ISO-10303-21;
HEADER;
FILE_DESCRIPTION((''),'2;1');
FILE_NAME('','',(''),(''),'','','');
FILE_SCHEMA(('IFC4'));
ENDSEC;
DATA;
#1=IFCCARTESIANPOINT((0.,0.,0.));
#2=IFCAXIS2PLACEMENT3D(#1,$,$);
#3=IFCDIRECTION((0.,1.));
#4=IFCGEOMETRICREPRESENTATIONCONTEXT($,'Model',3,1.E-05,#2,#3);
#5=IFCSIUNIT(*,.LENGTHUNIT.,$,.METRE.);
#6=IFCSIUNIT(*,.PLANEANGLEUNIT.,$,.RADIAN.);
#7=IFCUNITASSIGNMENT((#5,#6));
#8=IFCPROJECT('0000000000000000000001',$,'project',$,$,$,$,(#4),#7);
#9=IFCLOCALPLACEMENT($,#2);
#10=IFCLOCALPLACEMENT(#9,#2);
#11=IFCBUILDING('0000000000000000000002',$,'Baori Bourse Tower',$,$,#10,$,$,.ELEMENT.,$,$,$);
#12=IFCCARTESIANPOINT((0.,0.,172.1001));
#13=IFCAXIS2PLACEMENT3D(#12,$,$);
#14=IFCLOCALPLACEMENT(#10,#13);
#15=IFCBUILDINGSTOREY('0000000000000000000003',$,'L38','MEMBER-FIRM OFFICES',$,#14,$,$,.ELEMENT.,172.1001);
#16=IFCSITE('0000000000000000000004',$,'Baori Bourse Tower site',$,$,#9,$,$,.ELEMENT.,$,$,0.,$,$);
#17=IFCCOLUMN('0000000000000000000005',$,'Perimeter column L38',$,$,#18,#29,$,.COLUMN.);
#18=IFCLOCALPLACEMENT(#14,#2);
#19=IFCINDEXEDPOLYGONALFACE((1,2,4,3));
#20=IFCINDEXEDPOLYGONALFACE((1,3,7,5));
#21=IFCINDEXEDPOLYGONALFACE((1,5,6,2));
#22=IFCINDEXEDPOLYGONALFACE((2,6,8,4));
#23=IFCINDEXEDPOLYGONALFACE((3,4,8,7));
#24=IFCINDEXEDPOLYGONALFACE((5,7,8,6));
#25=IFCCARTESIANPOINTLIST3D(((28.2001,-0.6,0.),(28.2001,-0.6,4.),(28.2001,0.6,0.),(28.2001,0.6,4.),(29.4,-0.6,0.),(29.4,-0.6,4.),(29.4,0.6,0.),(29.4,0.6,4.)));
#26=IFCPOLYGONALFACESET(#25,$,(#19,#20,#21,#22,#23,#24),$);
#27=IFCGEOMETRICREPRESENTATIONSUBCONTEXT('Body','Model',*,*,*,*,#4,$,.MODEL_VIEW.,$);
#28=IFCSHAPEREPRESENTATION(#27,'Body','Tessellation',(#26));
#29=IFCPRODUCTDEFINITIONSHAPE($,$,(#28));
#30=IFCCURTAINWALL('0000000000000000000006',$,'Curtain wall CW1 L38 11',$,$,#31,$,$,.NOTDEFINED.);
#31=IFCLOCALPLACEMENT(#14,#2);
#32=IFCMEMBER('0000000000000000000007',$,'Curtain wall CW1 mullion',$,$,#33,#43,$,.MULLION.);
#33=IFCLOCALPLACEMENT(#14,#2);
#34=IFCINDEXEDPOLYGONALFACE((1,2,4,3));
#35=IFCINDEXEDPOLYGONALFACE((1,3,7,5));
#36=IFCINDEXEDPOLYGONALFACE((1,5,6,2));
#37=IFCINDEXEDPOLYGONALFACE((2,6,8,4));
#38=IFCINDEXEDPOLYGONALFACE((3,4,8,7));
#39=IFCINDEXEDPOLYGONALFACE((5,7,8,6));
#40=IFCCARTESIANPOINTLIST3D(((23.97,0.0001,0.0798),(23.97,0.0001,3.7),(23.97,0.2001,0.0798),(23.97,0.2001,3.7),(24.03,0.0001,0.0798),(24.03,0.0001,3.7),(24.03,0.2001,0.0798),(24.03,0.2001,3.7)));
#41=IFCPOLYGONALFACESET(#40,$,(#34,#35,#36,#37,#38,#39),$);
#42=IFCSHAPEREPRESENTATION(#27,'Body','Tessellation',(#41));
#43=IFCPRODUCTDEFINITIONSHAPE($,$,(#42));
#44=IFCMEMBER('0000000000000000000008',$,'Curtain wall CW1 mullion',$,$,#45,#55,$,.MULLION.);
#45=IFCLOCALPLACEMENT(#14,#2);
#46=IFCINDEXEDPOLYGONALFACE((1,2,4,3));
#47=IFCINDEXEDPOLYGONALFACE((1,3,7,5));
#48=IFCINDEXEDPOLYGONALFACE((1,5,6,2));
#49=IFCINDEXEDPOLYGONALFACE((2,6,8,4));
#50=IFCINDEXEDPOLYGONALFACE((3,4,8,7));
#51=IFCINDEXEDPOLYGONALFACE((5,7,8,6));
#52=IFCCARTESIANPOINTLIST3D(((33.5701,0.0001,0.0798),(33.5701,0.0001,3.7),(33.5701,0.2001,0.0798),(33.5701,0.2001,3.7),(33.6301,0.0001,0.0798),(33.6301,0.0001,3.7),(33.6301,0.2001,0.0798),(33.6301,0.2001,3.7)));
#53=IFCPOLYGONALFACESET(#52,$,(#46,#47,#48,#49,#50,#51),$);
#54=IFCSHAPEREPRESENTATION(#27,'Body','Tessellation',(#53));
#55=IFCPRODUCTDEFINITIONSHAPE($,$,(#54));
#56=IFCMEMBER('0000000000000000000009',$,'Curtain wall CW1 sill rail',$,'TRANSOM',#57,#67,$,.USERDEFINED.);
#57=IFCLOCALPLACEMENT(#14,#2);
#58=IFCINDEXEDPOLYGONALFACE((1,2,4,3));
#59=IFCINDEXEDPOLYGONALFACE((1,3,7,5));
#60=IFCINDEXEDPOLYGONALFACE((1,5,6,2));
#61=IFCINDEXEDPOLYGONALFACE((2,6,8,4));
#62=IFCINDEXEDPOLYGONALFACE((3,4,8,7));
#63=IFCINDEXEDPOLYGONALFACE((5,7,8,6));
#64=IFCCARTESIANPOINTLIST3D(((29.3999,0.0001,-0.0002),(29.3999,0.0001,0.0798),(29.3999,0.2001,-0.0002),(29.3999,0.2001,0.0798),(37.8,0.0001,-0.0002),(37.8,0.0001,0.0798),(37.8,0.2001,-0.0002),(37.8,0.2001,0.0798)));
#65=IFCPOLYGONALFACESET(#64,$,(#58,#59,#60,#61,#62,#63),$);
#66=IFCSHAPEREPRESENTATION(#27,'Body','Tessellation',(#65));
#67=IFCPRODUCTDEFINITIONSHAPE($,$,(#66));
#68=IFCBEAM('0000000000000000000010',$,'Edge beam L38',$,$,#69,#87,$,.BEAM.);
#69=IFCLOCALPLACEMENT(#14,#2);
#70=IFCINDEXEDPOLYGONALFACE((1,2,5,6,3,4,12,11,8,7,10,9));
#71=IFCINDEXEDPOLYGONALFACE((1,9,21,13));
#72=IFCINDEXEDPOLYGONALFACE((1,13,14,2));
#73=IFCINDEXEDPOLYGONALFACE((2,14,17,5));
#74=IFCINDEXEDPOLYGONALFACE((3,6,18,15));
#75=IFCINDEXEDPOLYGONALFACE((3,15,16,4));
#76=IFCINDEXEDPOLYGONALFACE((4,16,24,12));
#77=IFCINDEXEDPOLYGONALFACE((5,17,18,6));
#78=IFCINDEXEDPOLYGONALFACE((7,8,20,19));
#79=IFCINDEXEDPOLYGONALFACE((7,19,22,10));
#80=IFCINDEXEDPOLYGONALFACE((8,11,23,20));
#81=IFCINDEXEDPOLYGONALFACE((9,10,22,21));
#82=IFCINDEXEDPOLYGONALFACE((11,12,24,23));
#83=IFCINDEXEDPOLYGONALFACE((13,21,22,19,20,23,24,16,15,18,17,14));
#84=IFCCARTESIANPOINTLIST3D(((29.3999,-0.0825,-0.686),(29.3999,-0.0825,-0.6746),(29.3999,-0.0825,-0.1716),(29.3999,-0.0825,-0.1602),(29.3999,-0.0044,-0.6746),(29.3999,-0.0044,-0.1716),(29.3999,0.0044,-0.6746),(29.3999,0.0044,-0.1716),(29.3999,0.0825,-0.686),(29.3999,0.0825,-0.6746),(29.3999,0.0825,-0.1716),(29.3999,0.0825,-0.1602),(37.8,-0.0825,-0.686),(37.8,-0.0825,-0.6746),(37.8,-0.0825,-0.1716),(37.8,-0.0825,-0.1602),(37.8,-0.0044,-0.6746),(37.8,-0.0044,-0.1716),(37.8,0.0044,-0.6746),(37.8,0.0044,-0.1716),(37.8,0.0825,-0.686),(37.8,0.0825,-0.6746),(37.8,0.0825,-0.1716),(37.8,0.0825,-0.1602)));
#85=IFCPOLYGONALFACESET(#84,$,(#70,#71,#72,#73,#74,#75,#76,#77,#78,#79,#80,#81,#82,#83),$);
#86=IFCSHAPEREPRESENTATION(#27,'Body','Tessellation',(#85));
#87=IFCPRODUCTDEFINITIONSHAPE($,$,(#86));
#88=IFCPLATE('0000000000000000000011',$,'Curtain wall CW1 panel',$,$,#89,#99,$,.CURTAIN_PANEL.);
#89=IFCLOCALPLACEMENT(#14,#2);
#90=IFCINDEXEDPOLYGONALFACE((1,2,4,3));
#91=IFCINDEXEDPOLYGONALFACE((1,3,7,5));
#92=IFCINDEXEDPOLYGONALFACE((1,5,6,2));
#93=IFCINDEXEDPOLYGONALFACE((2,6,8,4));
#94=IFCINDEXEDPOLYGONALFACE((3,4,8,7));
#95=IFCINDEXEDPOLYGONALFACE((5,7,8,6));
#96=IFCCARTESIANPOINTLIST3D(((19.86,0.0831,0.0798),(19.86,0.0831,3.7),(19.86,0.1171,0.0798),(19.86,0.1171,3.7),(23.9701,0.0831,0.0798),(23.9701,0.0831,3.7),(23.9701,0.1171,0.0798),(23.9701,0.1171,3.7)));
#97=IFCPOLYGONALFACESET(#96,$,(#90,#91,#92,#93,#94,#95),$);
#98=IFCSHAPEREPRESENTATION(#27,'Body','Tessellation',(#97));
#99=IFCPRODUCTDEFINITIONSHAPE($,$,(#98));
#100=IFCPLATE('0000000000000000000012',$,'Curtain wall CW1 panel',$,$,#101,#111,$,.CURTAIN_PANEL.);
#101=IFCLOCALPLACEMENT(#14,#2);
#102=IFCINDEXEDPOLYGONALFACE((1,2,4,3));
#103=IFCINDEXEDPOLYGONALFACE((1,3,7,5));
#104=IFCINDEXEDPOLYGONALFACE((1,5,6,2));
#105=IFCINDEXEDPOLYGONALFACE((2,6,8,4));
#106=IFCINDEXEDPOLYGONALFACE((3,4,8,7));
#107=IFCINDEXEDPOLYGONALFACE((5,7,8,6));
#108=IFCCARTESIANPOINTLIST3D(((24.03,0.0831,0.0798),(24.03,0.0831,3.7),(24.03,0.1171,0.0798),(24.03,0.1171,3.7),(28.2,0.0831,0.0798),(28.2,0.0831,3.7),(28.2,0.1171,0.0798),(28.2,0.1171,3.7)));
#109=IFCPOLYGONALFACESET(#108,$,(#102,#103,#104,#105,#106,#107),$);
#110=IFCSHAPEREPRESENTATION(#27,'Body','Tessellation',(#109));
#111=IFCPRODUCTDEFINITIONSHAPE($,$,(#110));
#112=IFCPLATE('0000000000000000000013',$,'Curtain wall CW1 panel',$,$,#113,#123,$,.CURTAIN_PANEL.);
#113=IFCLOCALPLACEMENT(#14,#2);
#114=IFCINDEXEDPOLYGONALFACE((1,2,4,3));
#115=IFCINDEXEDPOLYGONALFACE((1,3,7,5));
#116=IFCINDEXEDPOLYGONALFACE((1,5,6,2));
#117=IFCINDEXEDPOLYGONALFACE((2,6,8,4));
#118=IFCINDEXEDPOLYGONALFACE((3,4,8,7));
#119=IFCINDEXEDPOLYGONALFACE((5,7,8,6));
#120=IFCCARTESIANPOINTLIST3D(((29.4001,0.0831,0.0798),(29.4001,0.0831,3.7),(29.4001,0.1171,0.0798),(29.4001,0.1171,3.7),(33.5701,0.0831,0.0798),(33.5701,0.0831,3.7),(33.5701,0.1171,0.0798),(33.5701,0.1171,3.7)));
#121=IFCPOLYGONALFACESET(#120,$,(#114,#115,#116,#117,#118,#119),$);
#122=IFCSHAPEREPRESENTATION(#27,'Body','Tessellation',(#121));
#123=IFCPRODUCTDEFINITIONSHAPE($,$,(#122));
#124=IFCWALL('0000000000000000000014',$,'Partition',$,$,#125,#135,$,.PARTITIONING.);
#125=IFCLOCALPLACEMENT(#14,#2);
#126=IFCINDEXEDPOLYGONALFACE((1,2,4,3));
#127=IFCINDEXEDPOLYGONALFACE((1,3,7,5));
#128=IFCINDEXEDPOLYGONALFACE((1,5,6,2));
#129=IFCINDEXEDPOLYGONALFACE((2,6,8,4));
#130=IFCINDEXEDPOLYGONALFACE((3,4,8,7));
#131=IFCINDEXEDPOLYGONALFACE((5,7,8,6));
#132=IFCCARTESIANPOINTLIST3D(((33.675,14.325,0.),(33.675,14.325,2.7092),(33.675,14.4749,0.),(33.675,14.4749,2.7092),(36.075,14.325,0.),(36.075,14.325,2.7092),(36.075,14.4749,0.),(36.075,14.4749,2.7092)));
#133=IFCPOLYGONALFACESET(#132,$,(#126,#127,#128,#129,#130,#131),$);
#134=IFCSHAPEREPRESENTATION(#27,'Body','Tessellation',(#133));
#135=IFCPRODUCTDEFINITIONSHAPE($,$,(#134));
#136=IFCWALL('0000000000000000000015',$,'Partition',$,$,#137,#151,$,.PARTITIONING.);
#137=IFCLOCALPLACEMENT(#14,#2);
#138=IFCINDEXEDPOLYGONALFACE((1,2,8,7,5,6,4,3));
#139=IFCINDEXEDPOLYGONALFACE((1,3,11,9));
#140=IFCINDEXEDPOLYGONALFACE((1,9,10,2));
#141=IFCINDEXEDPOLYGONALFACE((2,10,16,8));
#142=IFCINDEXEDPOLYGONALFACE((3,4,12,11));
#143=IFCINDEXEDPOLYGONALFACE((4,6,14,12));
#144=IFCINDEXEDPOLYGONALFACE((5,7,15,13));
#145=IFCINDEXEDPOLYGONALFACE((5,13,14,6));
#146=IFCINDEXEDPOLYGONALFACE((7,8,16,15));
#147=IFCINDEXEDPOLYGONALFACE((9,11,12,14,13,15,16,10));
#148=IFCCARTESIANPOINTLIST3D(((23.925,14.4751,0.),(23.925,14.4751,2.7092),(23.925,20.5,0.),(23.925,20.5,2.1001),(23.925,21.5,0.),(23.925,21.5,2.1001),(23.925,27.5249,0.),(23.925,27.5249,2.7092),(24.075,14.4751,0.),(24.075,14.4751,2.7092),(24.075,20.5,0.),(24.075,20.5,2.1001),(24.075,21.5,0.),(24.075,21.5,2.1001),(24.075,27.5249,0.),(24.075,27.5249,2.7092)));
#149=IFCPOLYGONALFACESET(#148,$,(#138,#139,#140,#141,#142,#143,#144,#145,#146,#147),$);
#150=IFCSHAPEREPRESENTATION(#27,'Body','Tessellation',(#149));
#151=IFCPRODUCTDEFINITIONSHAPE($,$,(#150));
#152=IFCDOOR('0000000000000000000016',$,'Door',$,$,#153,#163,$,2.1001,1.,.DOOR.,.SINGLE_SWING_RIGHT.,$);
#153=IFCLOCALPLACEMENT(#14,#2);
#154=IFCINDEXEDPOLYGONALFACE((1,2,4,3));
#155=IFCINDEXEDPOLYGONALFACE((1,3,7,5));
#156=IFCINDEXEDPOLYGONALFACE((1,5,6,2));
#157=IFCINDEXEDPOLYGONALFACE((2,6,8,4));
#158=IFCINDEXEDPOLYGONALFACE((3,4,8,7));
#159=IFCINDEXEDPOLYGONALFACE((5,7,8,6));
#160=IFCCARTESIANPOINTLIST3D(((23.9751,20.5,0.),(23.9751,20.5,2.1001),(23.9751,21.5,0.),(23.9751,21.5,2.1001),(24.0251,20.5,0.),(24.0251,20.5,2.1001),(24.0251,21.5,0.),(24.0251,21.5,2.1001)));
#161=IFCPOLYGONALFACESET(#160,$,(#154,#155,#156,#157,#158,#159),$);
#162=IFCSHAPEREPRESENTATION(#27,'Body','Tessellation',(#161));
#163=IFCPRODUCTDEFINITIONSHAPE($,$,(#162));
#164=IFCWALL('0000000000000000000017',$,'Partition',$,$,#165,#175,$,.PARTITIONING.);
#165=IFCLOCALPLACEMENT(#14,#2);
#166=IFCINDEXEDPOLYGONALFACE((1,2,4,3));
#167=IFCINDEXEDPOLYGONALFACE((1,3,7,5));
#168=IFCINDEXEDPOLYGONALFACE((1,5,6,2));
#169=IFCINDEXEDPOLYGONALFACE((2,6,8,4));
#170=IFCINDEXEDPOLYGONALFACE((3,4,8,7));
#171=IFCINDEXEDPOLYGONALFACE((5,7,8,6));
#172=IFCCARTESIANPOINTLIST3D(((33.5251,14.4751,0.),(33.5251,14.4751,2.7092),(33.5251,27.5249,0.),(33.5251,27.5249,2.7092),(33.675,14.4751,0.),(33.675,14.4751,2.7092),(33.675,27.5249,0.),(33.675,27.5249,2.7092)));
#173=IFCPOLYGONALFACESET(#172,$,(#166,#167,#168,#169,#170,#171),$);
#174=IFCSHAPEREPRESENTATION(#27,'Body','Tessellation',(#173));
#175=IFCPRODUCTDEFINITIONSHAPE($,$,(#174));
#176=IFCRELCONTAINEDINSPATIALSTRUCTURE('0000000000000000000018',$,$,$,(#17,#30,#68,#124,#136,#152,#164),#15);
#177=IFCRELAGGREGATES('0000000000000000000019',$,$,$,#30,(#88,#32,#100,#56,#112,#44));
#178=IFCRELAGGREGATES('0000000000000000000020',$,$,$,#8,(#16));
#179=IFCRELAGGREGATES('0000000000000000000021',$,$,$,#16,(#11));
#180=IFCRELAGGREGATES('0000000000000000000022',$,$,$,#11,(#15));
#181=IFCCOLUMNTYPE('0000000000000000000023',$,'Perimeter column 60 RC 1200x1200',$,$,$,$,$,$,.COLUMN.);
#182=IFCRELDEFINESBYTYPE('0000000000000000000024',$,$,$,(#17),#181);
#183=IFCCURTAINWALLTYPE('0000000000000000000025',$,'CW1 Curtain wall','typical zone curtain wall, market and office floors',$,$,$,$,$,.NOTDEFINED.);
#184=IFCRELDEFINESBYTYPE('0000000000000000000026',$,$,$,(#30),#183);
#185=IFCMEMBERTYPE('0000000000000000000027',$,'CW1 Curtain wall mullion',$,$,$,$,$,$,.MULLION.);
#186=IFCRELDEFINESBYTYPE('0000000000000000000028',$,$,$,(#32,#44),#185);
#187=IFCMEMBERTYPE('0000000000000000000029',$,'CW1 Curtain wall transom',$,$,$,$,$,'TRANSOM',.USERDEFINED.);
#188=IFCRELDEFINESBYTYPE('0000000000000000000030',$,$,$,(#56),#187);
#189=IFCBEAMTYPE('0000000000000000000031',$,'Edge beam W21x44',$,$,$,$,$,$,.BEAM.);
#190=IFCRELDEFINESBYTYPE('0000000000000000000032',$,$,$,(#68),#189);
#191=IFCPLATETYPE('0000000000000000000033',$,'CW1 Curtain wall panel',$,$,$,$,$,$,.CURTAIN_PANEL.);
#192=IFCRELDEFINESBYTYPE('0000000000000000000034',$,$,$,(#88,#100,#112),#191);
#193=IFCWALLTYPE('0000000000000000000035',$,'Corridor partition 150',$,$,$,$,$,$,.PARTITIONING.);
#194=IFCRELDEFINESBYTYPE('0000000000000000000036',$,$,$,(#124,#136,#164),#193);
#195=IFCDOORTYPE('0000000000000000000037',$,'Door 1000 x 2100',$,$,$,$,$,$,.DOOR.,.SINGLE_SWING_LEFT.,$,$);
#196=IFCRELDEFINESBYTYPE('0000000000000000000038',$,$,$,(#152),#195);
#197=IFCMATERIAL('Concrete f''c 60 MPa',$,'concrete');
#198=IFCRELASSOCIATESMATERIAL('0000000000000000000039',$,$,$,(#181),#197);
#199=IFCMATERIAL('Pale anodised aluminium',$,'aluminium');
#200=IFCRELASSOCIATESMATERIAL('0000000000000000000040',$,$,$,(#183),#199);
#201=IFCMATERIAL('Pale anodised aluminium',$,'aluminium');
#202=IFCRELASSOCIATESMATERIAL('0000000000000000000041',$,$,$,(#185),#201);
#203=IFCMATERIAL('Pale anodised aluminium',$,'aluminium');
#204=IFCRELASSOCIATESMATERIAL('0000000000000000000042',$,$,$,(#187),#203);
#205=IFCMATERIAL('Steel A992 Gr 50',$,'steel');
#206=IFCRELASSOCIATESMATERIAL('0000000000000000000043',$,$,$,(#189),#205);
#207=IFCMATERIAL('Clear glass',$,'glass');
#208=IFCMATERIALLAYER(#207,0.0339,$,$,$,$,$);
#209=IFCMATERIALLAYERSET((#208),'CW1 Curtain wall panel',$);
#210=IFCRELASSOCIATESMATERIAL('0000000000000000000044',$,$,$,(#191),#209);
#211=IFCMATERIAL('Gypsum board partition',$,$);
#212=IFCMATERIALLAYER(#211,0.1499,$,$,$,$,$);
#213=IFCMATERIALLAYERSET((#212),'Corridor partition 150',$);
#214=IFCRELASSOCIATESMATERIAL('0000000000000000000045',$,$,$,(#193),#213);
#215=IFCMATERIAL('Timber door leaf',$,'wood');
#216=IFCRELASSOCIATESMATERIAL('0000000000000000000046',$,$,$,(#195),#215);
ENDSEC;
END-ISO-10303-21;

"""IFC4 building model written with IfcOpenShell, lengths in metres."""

from ifc_helpers import new_model, si_unit, direction, frame, frame_2d, origin, origin_2d, place, context, subcontext, project, spatial, rectangle, i_section, extrude, material, layer, layer_set, material_profile, profile_set, type_object, element, fill, aggregate, save


model = new_model("IFC4")

# Units and contexts
model_context = context("Model", 3, precision=1e-05, world=origin(), true_north=direction((0.0, 1.0)))
body_context = subcontext(model_context, "Body", "Model", "MODEL_VIEW")
ifc_project = project(units=[si_unit("LENGTHUNIT", "METRE"), si_unit("PLANEANGLEUNIT", "RADIAN")], contexts=[model_context])

# Site, building, storey
site_placement = place(None, origin())
site = spatial("IfcSite", under=ifc_project, at=site_placement, Name="Baori Bourse Tower site", CompositionType="ELEMENT", RefElevation=0.0)
building_placement = place(site_placement, origin())
building = spatial("IfcBuilding", under=site, at=building_placement, Name="Baori Bourse Tower", CompositionType="ELEMENT")
storey_placement = place(building_placement, frame((0.0, 0.0, 172.1001)))
storey = spatial("IfcBuildingStorey", under=building, at=storey_placement, Name="L38", Description="MEMBER-FIRM OFFICES", CompositionType="ELEMENT", Elevation=172.1001)

# Column
ifc_material_1 = material(Name="Concrete f'c 60 MPa", Category="concrete")
ifc_material_profile_1 = material_profile(ifc_material_1, rectangle(XDim=1.2, YDim=1.2, at=origin_2d()), Name="RC 1200x1200")
ifc_profile_set_1 = profile_set([ifc_material_profile_1], Name="Concrete f'c 60 MPa")
column_type = type_object("IfcColumnType", Name="Perimeter column 60 RC 1200x1200", PredefinedType="COLUMN", material=ifc_profile_set_1)
column_placement = place(storey_placement, frame((28.8, 0.0, 0.0), z_axis=(0.0, 0.0, 1.0), x_axis=(1.0, 0.0, 0.0)))
element("IfcColumn", 1, at=column_placement, inside=storey, type_object=column_type, Name="Perimeter column L38", PredefinedType="COLUMN", context=body_context, shape_type="SweptSolid", body=[
    extrude(rectangle(XDim=1.2, YDim=1.2, at=origin_2d()), origin(), (0.0, 0.0, 1.0), 4.0),
])

# Curtain wall, members
ifc_material_2 = material(Name="Pale anodised aluminium", Category="aluminium")
curtain_wall_type = type_object("IfcCurtainWallType", Name="CW1 Curtain wall", Description="typical zone curtain wall, market and office floors", PredefinedType="NOTDEFINED", material=ifc_material_2)
curtain_wall_placement = place(storey_placement, origin())
curtain_wall = element("IfcCurtainWall", 2, at=curtain_wall_placement, inside=storey, type_object=curtain_wall_type, Name="Curtain wall CW1 L38 11", PredefinedType="NOTDEFINED")
ifc_material_3 = material(Name="Pale anodised aluminium", Category="aluminium")
ifc_material_profile_2 = material_profile(ifc_material_3, rectangle(XDim=0.2, YDim=0.0601, at=origin_2d()), Name="Mullion 60x200")
ifc_profile_set_2 = profile_set([ifc_material_profile_2], Name="Pale anodised aluminium")
member_type_1 = type_object("IfcMemberType", Name="CW1 Curtain wall mullion", PredefinedType="MULLION", material=ifc_profile_set_2)
member_1_placement = place(storey_placement, frame((24.0, 0.1001, 0.0798), z_axis=(0.0, 0.0, 1.0), x_axis=(0.0, 1.0, 0.0)))
member_1 = element("IfcMember", 3, at=member_1_placement, type_object=member_type_1, Name="Curtain wall CW1 mullion", PredefinedType="MULLION", context=body_context, shape_type="SweptSolid", body=[
    extrude(rectangle(XDim=0.2, YDim=0.0601, at=origin_2d()), origin(), (0.0, 0.0, 1.0), 3.6201),
])
member_2_placement = place(storey_placement, frame((33.6001, 0.1001, 0.0798), z_axis=(0.0, 0.0, 1.0), x_axis=(0.0, 1.0, 0.0)))
member_2 = element("IfcMember", 4, at=member_2_placement, type_object=member_type_1, Name="Curtain wall CW1 mullion", PredefinedType="MULLION", context=body_context, shape_type="SweptSolid", body=[
    extrude(rectangle(XDim=0.2, YDim=0.0601, at=origin_2d()), origin(), (0.0, 0.0, 1.0), 3.6201),
])
ifc_material_4 = material(Name="Pale anodised aluminium", Category="aluminium")
ifc_material_profile_3 = material_profile(ifc_material_4, rectangle(XDim=0.2, YDim=0.0801, at=origin_2d()), Name="Transom 80x200")
ifc_profile_set_3 = profile_set([ifc_material_profile_3], Name="Pale anodised aluminium")
member_type_2 = type_object("IfcMemberType", Name="CW1 Curtain wall transom", ElementType="TRANSOM", PredefinedType="USERDEFINED", material=ifc_profile_set_3)
member_3_placement = place(storey_placement, frame((29.3999, 0.1001, 0.0398), z_axis=(1.0, 0.0, 0.0), x_axis=(0.0, 1.0, 0.0)))
member_3 = element("IfcMember", 5, at=member_3_placement, type_object=member_type_2, Name="Curtain wall CW1 sill rail", ObjectType="TRANSOM", PredefinedType="USERDEFINED", context=body_context, shape_type="SweptSolid", body=[
    extrude(rectangle(XDim=0.2, YDim=0.0801, at=origin_2d()), origin(), (0.0, 0.0, 1.0), 8.4001),
])

# Beam
ifc_material_5 = material(Name="Steel A992 Gr 50", Category="steel")
ifc_material_profile_4 = material_profile(ifc_material_5, i_section(OverallWidth=0.165, OverallDepth=0.5259, WebThickness=0.0088, FlangeThickness=0.0115, at=origin_2d()), Name="W21x44")
ifc_profile_set_4 = profile_set([ifc_material_profile_4], Name="Steel A992 Gr 50")
beam_type = type_object("IfcBeamType", Name="Edge beam W21x44", PredefinedType="BEAM", material=ifc_profile_set_4)
beam_placement = place(storey_placement, frame((29.3999, 0.0, -0.4231), z_axis=(1.0, 0.0, 0.0), x_axis=(0.0, 1.0, 0.0)))
element("IfcBeam", 6, at=beam_placement, inside=storey, type_object=beam_type, Name="Edge beam L38", PredefinedType="BEAM", context=body_context, shape_type="SweptSolid", body=[
    extrude(i_section(OverallWidth=0.165, OverallDepth=0.5259, WebThickness=0.0088, FlangeThickness=0.0115, at=origin_2d()), origin(), (0.0, 0.0, 1.0), 8.4001),
])

# Plates
ifc_material_6 = material(Name="Clear glass", Category="glass")
ifc_layer_1 = layer(ifc_material_6, 0.0339)
ifc_layer_set_1 = layer_set([ifc_layer_1], Name="CW1 Curtain wall panel")
plate_type = type_object("IfcPlateType", Name="CW1 Curtain wall panel", PredefinedType="CURTAIN_PANEL", material=ifc_layer_set_1)
plate_1_placement = place(storey_placement, frame((21.915, 0.1001, 0.0798), z_axis=(0.0, 0.0, 1.0), x_axis=(1.0, 0.0, 0.0)))
plate_1 = element("IfcPlate", 7, at=plate_1_placement, type_object=plate_type, Name="Curtain wall CW1 panel", PredefinedType="CURTAIN_PANEL", context=body_context, shape_type="SweptSolid", body=[
    extrude(rectangle(XDim=4.1101, YDim=0.0339, at=origin_2d()), origin(), (0.0, 0.0, 1.0), 3.6201),
])
plate_2_placement = place(storey_placement, frame((26.115, 0.1001, 0.0798), z_axis=(0.0, 0.0, 1.0), x_axis=(1.0, 0.0, 0.0)))
plate_2 = element("IfcPlate", 8, at=plate_2_placement, type_object=plate_type, Name="Curtain wall CW1 panel", PredefinedType="CURTAIN_PANEL", context=body_context, shape_type="SweptSolid", body=[
    extrude(rectangle(XDim=4.1699, YDim=0.0339, at=origin_2d()), origin(), (0.0, 0.0, 1.0), 3.6201),
])
plate_3_placement = place(storey_placement, frame((31.4851, 0.1001, 0.0798), z_axis=(0.0, 0.0, 1.0), x_axis=(1.0, 0.0, 0.0)))
plate_3 = element("IfcPlate", 9, at=plate_3_placement, type_object=plate_type, Name="Curtain wall CW1 panel", PredefinedType="CURTAIN_PANEL", context=body_context, shape_type="SweptSolid", body=[
    extrude(rectangle(XDim=4.1699, YDim=0.0339, at=origin_2d()), origin(), (0.0, 0.0, 1.0), 3.6201),
])
aggregate(curtain_wall, [plate_1, member_1, plate_2, member_3, plate_3, member_2])

# Wall
ifc_material_7 = material(Name="Gypsum board partition")
ifc_layer_2 = layer(ifc_material_7, 0.1499)
ifc_layer_set_2 = layer_set([ifc_layer_2], Name="Corridor partition 150")
wall_type_1 = type_object("IfcWallType", Name="Corridor partition 150", PredefinedType="PARTITIONING", material=ifc_layer_set_2)
wall_1_placement = place(storey_placement, frame((33.675, 14.3999, 0.0), z_axis=(0.0, 0.0, 1.0), x_axis=(1.0, 0.0, 0.0)))
element("IfcWall", 10, at=wall_1_placement, inside=storey, type_object=wall_type_1, Name="Partition", PredefinedType="PARTITIONING", context=body_context, shape_type="SweptSolid", body=[
    extrude(rectangle(XDim=2.3999, YDim=0.1499, at=frame_2d((1.2, 0.0))), origin(), (0.0, 0.0, 1.0), 2.7092),
])

# Wall, opening, door
wall_2_placement = place(storey_placement, frame((24.0, 14.4751, 0.0), z_axis=(0.0, 0.0, 1.0), x_axis=(0.0, 1.0, 0.0)))
wall_2 = element("IfcWall", 11, at=wall_2_placement, inside=storey, type_object=wall_type_1, Name="Partition", PredefinedType="PARTITIONING", context=body_context, shape_type="SweptSolid", body=[
    extrude(rectangle(XDim=13.0498, YDim=0.1499, at=frame_2d((6.5249, 0.0))), origin(), (0.0, 0.0, 1.0), 2.7092),
])
opening_placement = place(wall_2_placement, frame((6.0249, 0.0, 0.0)))
opening = element("IfcOpeningElement", 12, at=opening_placement, cuts=wall_2, PredefinedType="OPENING", context=body_context, shape_type="SweptSolid", body=[
    extrude(rectangle(XDim=1.0, YDim=2.1001, at=frame_2d((0.5, 1.05))), frame((0.0, 0.085, 0.0), z_axis=(0.0, -1.0, 0.0), x_axis=(1.0, 0.0, 0.0)), (0.0, 0.0, 1.0), 0.1699),
])
ifc_material_8 = material(Name="Timber door leaf", Category="wood")
door_type = type_object("IfcDoorType", Name="Door 1000 x 2100", OperationType="SINGLE_SWING_LEFT", PredefinedType="DOOR", material=ifc_material_8)
door_placement = place(opening_placement, origin())
door = element("IfcDoor", 13, at=door_placement, inside=storey, type_object=door_type, Name="Door", OperationType="SINGLE_SWING_RIGHT", OverallHeight=2.1001, OverallWidth=1.0, PredefinedType="DOOR", context=body_context, shape_type="SweptSolid", body=[
    extrude(rectangle(XDim=1.0, YDim=2.1001, at=frame_2d((0.5, 1.05))), frame((0.0, 0.0249, 0.0), z_axis=(0.0, -1.0, 0.0), x_axis=(1.0, 0.0, 0.0)), (0.0, 0.0, 1.0), 0.05),
])
fill(opening, door)

# Wall
wall_3_placement = place(storey_placement, frame((33.6001, 14.4751, 0.0), z_axis=(0.0, 0.0, 1.0), x_axis=(0.0, 1.0, 0.0)))
element("IfcWall", 14, at=wall_3_placement, inside=storey, type_object=wall_type_1, Name="Partition", PredefinedType="PARTITIONING", context=body_context, shape_type="SweptSolid", body=[
    extrude(rectangle(XDim=13.0498, YDim=0.1499, at=frame_2d((6.5249, 0.0))), origin(), (0.0, 0.0, 1.0), 2.7092),
])

save(model, "model.ifc")
